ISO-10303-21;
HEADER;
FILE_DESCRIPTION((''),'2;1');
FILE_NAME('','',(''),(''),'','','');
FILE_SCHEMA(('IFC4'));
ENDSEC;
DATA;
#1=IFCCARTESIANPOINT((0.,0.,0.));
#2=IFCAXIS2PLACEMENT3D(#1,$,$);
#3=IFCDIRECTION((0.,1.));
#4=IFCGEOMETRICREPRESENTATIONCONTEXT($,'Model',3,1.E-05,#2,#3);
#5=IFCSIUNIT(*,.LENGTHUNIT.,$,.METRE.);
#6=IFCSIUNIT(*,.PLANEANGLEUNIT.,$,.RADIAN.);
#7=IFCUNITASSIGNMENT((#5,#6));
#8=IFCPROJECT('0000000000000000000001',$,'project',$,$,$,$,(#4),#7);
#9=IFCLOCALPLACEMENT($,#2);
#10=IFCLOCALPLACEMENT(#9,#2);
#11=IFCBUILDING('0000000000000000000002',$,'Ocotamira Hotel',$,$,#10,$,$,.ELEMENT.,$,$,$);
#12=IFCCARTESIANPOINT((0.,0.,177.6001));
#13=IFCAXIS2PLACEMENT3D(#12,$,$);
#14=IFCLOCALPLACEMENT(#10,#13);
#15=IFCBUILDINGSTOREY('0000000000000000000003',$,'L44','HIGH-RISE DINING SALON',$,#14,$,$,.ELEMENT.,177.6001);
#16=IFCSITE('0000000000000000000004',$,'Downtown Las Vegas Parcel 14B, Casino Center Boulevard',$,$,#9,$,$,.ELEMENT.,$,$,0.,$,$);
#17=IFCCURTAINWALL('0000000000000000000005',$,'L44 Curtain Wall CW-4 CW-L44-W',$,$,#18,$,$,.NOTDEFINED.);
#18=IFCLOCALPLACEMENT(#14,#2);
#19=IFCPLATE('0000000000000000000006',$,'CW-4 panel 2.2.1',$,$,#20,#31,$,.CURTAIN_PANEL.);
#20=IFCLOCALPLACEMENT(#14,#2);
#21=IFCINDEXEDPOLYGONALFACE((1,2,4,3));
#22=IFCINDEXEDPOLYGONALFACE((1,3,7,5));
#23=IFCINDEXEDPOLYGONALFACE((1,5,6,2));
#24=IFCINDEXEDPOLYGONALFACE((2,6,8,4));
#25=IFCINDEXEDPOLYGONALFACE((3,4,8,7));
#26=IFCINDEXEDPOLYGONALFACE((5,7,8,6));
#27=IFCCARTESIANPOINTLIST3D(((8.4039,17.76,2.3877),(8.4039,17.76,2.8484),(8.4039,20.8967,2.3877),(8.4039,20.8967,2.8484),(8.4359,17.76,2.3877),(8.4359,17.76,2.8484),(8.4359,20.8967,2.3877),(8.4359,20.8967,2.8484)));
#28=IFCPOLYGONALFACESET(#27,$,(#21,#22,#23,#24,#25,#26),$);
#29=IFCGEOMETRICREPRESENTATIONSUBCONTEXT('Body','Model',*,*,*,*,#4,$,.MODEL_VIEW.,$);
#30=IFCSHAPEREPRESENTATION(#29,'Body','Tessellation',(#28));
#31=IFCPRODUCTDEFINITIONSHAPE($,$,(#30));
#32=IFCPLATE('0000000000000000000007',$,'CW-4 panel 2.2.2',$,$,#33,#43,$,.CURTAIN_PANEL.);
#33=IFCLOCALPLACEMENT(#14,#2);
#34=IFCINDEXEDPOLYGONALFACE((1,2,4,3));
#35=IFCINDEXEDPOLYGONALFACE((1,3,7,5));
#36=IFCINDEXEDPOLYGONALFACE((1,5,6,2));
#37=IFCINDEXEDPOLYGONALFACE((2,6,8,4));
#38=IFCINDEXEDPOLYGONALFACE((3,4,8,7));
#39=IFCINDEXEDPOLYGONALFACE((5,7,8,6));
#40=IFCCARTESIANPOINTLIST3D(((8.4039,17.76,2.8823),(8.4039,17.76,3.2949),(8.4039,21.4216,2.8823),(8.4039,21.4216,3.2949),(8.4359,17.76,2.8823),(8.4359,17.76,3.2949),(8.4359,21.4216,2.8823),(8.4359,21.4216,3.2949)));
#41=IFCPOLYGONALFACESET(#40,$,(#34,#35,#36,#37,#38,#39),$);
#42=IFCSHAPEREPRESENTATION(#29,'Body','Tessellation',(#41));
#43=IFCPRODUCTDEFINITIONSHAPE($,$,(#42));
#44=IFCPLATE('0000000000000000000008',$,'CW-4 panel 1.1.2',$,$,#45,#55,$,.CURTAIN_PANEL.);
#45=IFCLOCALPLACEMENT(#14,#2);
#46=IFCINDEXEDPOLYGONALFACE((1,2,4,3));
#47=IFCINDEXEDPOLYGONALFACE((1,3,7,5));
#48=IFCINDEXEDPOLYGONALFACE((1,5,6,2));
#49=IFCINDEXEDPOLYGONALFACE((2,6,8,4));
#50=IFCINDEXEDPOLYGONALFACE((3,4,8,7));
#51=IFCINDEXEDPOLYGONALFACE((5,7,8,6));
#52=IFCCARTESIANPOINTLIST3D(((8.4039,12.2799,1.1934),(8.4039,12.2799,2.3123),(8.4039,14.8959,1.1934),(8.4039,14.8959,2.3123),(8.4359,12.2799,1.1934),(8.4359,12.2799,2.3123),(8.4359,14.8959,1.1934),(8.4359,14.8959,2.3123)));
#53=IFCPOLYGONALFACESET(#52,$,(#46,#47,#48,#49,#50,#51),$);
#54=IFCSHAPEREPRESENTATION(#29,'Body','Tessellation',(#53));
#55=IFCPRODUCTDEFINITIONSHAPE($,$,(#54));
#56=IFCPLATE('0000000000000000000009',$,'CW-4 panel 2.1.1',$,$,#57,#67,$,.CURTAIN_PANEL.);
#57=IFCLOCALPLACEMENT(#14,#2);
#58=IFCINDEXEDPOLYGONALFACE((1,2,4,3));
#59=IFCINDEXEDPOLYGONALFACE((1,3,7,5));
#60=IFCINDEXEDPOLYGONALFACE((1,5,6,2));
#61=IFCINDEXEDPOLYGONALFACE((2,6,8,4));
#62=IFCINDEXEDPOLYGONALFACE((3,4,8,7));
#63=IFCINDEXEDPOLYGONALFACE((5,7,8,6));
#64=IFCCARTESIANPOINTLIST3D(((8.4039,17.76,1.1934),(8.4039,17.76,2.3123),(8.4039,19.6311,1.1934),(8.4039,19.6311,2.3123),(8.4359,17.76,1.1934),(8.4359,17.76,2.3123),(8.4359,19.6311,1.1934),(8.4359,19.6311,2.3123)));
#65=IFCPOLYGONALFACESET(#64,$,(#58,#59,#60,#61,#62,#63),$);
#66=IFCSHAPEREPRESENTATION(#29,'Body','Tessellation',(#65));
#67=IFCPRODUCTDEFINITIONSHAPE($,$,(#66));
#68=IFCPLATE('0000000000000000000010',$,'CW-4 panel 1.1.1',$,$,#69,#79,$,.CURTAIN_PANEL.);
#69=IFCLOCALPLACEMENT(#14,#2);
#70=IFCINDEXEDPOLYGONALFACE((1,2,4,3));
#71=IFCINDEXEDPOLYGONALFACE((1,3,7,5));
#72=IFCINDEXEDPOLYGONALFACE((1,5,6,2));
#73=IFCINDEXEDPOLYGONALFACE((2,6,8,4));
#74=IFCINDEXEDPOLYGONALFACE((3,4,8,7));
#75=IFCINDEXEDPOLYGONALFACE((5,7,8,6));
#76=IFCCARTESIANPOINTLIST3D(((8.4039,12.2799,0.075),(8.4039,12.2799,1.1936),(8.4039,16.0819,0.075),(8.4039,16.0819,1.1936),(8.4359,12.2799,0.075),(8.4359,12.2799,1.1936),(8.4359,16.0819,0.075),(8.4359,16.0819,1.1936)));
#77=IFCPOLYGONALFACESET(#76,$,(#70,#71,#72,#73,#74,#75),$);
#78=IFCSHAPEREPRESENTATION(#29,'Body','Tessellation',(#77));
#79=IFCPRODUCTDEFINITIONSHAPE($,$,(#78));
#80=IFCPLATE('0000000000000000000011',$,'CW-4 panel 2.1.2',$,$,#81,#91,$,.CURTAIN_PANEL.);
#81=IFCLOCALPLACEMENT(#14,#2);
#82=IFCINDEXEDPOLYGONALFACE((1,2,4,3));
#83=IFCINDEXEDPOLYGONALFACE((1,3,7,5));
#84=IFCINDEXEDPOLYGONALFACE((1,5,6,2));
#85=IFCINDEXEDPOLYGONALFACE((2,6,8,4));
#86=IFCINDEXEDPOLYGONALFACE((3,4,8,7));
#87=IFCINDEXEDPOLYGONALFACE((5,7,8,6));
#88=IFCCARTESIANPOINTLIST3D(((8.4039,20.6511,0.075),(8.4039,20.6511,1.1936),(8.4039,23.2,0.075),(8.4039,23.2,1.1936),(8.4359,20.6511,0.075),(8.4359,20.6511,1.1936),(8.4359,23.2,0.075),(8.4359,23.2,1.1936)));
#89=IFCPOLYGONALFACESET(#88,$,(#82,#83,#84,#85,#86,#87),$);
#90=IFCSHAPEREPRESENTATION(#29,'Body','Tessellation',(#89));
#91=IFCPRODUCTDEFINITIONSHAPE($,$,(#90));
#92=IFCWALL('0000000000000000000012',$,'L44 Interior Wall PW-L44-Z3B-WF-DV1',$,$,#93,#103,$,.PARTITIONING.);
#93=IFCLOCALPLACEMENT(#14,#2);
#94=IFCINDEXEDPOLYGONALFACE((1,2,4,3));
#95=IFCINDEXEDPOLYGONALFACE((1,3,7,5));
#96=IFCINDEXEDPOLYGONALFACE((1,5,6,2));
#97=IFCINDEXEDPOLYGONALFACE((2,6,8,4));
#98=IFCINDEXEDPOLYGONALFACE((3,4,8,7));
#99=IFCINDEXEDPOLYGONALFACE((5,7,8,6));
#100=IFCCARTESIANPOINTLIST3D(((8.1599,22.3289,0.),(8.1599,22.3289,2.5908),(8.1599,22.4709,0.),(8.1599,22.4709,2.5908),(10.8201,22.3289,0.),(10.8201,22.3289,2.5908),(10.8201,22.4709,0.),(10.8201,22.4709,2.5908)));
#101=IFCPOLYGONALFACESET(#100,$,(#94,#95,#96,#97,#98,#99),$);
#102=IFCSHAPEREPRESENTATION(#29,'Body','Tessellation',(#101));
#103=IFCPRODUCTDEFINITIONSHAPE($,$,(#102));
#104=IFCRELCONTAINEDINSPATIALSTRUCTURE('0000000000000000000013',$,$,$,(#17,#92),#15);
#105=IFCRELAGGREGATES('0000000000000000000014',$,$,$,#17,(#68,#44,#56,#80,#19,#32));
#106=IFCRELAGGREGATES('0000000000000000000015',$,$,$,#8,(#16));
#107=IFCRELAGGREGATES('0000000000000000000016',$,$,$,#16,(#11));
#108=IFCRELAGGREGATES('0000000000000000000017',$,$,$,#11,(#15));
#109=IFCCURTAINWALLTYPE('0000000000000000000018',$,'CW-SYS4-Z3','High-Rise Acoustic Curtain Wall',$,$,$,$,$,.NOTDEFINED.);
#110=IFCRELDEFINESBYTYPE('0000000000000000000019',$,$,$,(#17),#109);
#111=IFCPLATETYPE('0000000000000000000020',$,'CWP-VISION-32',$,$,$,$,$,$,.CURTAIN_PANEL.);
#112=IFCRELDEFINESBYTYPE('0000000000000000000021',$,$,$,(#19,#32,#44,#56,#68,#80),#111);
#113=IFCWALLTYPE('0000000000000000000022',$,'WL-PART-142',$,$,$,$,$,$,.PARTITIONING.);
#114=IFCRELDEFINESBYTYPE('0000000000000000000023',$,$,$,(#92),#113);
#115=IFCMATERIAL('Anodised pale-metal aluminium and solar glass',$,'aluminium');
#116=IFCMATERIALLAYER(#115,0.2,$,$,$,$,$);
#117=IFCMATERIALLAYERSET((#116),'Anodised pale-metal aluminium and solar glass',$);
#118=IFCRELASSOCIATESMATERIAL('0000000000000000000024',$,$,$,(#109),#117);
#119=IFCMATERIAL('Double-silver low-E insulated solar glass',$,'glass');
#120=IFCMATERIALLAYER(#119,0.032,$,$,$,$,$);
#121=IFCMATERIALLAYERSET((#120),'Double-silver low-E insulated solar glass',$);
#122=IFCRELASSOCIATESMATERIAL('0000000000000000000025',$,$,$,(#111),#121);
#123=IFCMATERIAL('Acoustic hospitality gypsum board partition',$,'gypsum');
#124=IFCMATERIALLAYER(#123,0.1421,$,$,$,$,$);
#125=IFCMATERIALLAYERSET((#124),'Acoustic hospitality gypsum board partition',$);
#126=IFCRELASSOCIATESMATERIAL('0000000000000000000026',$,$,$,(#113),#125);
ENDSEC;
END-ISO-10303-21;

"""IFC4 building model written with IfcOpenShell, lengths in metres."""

from ifc_helpers import new_model, si_unit, direction, frame, frame_2d, origin, origin_2d, place, context, subcontext, project, spatial, rectangle, extrude, source, transform, mapped, material, layer, layer_set, type_object, element, aggregate, save


model = new_model("IFC4")

# Units and contexts
model_context = context("Model", 3, precision=1e-05, world=origin(), true_north=direction((0.0, 1.0)))
body_context = subcontext(model_context, "Body", "Model", "MODEL_VIEW")
ifc_project = project(units=[si_unit("LENGTHUNIT", "METRE"), si_unit("PLANEANGLEUNIT", "RADIAN")], contexts=[model_context])

# Site, building, storey
site_placement = place(None, origin())
site = spatial("IfcSite", under=ifc_project, at=site_placement, Name="Downtown Las Vegas Parcel 14B, Casino Center Boulevard", CompositionType="ELEMENT", RefElevation=0.0)
building_placement = place(site_placement, origin())
building = spatial("IfcBuilding", under=site, at=building_placement, Name="Ocotamira Hotel", CompositionType="ELEMENT")
storey_placement = place(building_placement, frame((0.0, 0.0, 177.6001)))
storey = spatial("IfcBuildingStorey", under=building, at=storey_placement, Name="L44", Description="HIGH-RISE DINING SALON", CompositionType="ELEMENT", Elevation=177.6001)

# Curtain wall
ifc_material_1 = material(Name="Anodised pale-metal aluminium and solar glass", Category="aluminium")
ifc_layer_1 = layer(ifc_material_1, 0.2)
ifc_layer_set_1 = layer_set([ifc_layer_1], Name="Anodised pale-metal aluminium and solar glass")
curtain_wall_type = type_object("IfcCurtainWallType", Name="CW-SYS4-Z3", Description="High-Rise Acoustic Curtain Wall", PredefinedType="NOTDEFINED", material=ifc_layer_set_1)
curtain_wall_placement = place(storey_placement, origin())
curtain_wall = element("IfcCurtainWall", 1, at=curtain_wall_placement, inside=storey, type_object=curtain_wall_type, Name="L44 Curtain Wall CW-4 CW-L44-W", PredefinedType="NOTDEFINED")

# Plates
ifc_material_2 = material(Name="Double-silver low-E insulated solar glass", Category="glass")
ifc_layer_2 = layer(ifc_material_2, 0.032)
ifc_layer_set_2 = layer_set([ifc_layer_2], Name="Double-silver low-E insulated solar glass")
plate_type_1 = type_object("IfcPlateType", Name="CWP-VISION-32", PredefinedType="CURTAIN_PANEL", material=ifc_layer_set_2)
shared_shape_1 = source(origin(), body_context, "Body", "SweptSolid", [
    extrude(rectangle(XDim=3.1367, YDim=0.032, at=origin_2d()), origin(), (0.0, 0.0, 1.0), 0.4607),
])
plate_1_placement = place(storey_placement, frame((8.4199, 19.3284, 2.3877), z_axis=(0.0, 0.0, 1.0), x_axis=(0.0, 1.0, 0.0)))
plate_1 = element("IfcPlate", 2, at=plate_1_placement, type_object=plate_type_1, Name="CW-4 panel 2.2.1", PredefinedType="CURTAIN_PANEL", context=body_context, shape_type="MappedRepresentation", body=[
    mapped(shared_shape_1, transform((0.0, 0.0, 0.0), scale=1.0)),
])
shared_shape_2 = source(origin(), body_context, "Body", "SweptSolid", [
    extrude(rectangle(XDim=3.6616, YDim=0.032, at=origin_2d()), origin(), (0.0, 0.0, 1.0), 0.4126),
])
plate_2_placement = place(storey_placement, frame((8.4199, 19.5908, 2.8823), z_axis=(0.0, 0.0, 1.0), x_axis=(0.0, 1.0, 0.0)))
plate_2 = element("IfcPlate", 3, at=plate_2_placement, type_object=plate_type_1, Name="CW-4 panel 2.2.2", PredefinedType="CURTAIN_PANEL", context=body_context, shape_type="MappedRepresentation", body=[
    mapped(shared_shape_2, transform((0.0, 0.0, 0.0), scale=1.0)),
])
shared_shape_3 = source(origin(), body_context, "Body", "SweptSolid", [
    extrude(rectangle(XDim=2.616, YDim=0.032, at=origin_2d()), origin(), (0.0, 0.0, 1.0), 1.1189),
])
plate_3_placement = place(storey_placement, frame((8.4199, 13.5879, 1.1934), z_axis=(0.0, 0.0, 1.0), x_axis=(0.0, 1.0, 0.0)))
plate_3 = element("IfcPlate", 4, at=plate_3_placement, type_object=plate_type_1, Name="CW-4 panel 1.1.2", PredefinedType="CURTAIN_PANEL", context=body_context, shape_type="MappedRepresentation", body=[
    mapped(shared_shape_3, transform((0.0, 0.0, 0.0), scale=1.0)),
])
shared_shape_4 = source(origin(), body_context, "Body", "SweptSolid", [
    extrude(rectangle(XDim=1.8711, YDim=0.032, at=origin_2d()), origin(), (0.0, 0.0, 1.0), 1.1189),
])
plate_4_placement = place(storey_placement, frame((8.4199, 18.6956, 1.1934), z_axis=(0.0, 0.0, 1.0), x_axis=(0.0, 1.0, 0.0)))
plate_4 = element("IfcPlate", 5, at=plate_4_placement, type_object=plate_type_1, Name="CW-4 panel 2.1.1", PredefinedType="CURTAIN_PANEL", context=body_context, shape_type="MappedRepresentation", body=[
    mapped(shared_shape_4, transform((0.0, 0.0, 0.0), scale=1.0)),
])
shared_shape_5 = source(origin(), body_context, "Body", "SweptSolid", [
    extrude(rectangle(XDim=3.802, YDim=0.032, at=origin_2d()), origin(), (0.0, 0.0, 1.0), 1.1187),
])
plate_5_placement = place(storey_placement, frame((8.4199, 14.1809, 0.075), z_axis=(0.0, 0.0, 1.0), x_axis=(0.0, 1.0, 0.0)))
plate_5 = element("IfcPlate", 6, at=plate_5_placement, type_object=plate_type_1, Name="CW-4 panel 1.1.1", PredefinedType="CURTAIN_PANEL", context=body_context, shape_type="MappedRepresentation", body=[
    mapped(shared_shape_5, transform((0.0, 0.0, 0.0), scale=1.0)),
])
shared_shape_6 = source(origin(), body_context, "Body", "SweptSolid", [
    extrude(rectangle(XDim=2.5488, YDim=0.032, at=origin_2d()), origin(), (0.0, 0.0, 1.0), 1.1187),
])
plate_6_placement = place(storey_placement, frame((8.4199, 21.9255, 0.075), z_axis=(0.0, 0.0, 1.0), x_axis=(0.0, 1.0, 0.0)))
plate_6 = element("IfcPlate", 7, at=plate_6_placement, type_object=plate_type_1, Name="CW-4 panel 2.1.2", PredefinedType="CURTAIN_PANEL", context=body_context, shape_type="MappedRepresentation", body=[
    mapped(shared_shape_6, transform((0.0, 0.0, 0.0), scale=1.0)),
])
aggregate(curtain_wall, [plate_5, plate_3, plate_4, plate_6, plate_1, plate_2])

# Wall
ifc_material_3 = material(Name="Acoustic hospitality gypsum board partition", Category="gypsum")
ifc_layer_3 = layer(ifc_material_3, 0.1421)
ifc_layer_set_3 = layer_set([ifc_layer_3], Name="Acoustic hospitality gypsum board partition")
wall_type_1 = type_object("IfcWallType", Name="WL-PART-142", PredefinedType="PARTITIONING", material=ifc_layer_set_3)
wall_1_placement = place(storey_placement, frame((8.1599, 22.3999, 0.0), z_axis=(0.0, 0.0, 1.0), x_axis=(1.0, 0.0, 0.0)))
element("IfcWall", 8, at=wall_1_placement, inside=storey, type_object=wall_type_1, Name="L44 Interior Wall PW-L44-Z3B-WF-DV1", PredefinedType="PARTITIONING", context=body_context, shape_type="SweptSolid", body=[
    extrude(rectangle(XDim=2.6602, YDim=0.1421, at=frame_2d((1.3301, 0.0))), origin(), (0.0, 0.0, 1.0), 2.5908),
])

save(model, "model.ifc")
